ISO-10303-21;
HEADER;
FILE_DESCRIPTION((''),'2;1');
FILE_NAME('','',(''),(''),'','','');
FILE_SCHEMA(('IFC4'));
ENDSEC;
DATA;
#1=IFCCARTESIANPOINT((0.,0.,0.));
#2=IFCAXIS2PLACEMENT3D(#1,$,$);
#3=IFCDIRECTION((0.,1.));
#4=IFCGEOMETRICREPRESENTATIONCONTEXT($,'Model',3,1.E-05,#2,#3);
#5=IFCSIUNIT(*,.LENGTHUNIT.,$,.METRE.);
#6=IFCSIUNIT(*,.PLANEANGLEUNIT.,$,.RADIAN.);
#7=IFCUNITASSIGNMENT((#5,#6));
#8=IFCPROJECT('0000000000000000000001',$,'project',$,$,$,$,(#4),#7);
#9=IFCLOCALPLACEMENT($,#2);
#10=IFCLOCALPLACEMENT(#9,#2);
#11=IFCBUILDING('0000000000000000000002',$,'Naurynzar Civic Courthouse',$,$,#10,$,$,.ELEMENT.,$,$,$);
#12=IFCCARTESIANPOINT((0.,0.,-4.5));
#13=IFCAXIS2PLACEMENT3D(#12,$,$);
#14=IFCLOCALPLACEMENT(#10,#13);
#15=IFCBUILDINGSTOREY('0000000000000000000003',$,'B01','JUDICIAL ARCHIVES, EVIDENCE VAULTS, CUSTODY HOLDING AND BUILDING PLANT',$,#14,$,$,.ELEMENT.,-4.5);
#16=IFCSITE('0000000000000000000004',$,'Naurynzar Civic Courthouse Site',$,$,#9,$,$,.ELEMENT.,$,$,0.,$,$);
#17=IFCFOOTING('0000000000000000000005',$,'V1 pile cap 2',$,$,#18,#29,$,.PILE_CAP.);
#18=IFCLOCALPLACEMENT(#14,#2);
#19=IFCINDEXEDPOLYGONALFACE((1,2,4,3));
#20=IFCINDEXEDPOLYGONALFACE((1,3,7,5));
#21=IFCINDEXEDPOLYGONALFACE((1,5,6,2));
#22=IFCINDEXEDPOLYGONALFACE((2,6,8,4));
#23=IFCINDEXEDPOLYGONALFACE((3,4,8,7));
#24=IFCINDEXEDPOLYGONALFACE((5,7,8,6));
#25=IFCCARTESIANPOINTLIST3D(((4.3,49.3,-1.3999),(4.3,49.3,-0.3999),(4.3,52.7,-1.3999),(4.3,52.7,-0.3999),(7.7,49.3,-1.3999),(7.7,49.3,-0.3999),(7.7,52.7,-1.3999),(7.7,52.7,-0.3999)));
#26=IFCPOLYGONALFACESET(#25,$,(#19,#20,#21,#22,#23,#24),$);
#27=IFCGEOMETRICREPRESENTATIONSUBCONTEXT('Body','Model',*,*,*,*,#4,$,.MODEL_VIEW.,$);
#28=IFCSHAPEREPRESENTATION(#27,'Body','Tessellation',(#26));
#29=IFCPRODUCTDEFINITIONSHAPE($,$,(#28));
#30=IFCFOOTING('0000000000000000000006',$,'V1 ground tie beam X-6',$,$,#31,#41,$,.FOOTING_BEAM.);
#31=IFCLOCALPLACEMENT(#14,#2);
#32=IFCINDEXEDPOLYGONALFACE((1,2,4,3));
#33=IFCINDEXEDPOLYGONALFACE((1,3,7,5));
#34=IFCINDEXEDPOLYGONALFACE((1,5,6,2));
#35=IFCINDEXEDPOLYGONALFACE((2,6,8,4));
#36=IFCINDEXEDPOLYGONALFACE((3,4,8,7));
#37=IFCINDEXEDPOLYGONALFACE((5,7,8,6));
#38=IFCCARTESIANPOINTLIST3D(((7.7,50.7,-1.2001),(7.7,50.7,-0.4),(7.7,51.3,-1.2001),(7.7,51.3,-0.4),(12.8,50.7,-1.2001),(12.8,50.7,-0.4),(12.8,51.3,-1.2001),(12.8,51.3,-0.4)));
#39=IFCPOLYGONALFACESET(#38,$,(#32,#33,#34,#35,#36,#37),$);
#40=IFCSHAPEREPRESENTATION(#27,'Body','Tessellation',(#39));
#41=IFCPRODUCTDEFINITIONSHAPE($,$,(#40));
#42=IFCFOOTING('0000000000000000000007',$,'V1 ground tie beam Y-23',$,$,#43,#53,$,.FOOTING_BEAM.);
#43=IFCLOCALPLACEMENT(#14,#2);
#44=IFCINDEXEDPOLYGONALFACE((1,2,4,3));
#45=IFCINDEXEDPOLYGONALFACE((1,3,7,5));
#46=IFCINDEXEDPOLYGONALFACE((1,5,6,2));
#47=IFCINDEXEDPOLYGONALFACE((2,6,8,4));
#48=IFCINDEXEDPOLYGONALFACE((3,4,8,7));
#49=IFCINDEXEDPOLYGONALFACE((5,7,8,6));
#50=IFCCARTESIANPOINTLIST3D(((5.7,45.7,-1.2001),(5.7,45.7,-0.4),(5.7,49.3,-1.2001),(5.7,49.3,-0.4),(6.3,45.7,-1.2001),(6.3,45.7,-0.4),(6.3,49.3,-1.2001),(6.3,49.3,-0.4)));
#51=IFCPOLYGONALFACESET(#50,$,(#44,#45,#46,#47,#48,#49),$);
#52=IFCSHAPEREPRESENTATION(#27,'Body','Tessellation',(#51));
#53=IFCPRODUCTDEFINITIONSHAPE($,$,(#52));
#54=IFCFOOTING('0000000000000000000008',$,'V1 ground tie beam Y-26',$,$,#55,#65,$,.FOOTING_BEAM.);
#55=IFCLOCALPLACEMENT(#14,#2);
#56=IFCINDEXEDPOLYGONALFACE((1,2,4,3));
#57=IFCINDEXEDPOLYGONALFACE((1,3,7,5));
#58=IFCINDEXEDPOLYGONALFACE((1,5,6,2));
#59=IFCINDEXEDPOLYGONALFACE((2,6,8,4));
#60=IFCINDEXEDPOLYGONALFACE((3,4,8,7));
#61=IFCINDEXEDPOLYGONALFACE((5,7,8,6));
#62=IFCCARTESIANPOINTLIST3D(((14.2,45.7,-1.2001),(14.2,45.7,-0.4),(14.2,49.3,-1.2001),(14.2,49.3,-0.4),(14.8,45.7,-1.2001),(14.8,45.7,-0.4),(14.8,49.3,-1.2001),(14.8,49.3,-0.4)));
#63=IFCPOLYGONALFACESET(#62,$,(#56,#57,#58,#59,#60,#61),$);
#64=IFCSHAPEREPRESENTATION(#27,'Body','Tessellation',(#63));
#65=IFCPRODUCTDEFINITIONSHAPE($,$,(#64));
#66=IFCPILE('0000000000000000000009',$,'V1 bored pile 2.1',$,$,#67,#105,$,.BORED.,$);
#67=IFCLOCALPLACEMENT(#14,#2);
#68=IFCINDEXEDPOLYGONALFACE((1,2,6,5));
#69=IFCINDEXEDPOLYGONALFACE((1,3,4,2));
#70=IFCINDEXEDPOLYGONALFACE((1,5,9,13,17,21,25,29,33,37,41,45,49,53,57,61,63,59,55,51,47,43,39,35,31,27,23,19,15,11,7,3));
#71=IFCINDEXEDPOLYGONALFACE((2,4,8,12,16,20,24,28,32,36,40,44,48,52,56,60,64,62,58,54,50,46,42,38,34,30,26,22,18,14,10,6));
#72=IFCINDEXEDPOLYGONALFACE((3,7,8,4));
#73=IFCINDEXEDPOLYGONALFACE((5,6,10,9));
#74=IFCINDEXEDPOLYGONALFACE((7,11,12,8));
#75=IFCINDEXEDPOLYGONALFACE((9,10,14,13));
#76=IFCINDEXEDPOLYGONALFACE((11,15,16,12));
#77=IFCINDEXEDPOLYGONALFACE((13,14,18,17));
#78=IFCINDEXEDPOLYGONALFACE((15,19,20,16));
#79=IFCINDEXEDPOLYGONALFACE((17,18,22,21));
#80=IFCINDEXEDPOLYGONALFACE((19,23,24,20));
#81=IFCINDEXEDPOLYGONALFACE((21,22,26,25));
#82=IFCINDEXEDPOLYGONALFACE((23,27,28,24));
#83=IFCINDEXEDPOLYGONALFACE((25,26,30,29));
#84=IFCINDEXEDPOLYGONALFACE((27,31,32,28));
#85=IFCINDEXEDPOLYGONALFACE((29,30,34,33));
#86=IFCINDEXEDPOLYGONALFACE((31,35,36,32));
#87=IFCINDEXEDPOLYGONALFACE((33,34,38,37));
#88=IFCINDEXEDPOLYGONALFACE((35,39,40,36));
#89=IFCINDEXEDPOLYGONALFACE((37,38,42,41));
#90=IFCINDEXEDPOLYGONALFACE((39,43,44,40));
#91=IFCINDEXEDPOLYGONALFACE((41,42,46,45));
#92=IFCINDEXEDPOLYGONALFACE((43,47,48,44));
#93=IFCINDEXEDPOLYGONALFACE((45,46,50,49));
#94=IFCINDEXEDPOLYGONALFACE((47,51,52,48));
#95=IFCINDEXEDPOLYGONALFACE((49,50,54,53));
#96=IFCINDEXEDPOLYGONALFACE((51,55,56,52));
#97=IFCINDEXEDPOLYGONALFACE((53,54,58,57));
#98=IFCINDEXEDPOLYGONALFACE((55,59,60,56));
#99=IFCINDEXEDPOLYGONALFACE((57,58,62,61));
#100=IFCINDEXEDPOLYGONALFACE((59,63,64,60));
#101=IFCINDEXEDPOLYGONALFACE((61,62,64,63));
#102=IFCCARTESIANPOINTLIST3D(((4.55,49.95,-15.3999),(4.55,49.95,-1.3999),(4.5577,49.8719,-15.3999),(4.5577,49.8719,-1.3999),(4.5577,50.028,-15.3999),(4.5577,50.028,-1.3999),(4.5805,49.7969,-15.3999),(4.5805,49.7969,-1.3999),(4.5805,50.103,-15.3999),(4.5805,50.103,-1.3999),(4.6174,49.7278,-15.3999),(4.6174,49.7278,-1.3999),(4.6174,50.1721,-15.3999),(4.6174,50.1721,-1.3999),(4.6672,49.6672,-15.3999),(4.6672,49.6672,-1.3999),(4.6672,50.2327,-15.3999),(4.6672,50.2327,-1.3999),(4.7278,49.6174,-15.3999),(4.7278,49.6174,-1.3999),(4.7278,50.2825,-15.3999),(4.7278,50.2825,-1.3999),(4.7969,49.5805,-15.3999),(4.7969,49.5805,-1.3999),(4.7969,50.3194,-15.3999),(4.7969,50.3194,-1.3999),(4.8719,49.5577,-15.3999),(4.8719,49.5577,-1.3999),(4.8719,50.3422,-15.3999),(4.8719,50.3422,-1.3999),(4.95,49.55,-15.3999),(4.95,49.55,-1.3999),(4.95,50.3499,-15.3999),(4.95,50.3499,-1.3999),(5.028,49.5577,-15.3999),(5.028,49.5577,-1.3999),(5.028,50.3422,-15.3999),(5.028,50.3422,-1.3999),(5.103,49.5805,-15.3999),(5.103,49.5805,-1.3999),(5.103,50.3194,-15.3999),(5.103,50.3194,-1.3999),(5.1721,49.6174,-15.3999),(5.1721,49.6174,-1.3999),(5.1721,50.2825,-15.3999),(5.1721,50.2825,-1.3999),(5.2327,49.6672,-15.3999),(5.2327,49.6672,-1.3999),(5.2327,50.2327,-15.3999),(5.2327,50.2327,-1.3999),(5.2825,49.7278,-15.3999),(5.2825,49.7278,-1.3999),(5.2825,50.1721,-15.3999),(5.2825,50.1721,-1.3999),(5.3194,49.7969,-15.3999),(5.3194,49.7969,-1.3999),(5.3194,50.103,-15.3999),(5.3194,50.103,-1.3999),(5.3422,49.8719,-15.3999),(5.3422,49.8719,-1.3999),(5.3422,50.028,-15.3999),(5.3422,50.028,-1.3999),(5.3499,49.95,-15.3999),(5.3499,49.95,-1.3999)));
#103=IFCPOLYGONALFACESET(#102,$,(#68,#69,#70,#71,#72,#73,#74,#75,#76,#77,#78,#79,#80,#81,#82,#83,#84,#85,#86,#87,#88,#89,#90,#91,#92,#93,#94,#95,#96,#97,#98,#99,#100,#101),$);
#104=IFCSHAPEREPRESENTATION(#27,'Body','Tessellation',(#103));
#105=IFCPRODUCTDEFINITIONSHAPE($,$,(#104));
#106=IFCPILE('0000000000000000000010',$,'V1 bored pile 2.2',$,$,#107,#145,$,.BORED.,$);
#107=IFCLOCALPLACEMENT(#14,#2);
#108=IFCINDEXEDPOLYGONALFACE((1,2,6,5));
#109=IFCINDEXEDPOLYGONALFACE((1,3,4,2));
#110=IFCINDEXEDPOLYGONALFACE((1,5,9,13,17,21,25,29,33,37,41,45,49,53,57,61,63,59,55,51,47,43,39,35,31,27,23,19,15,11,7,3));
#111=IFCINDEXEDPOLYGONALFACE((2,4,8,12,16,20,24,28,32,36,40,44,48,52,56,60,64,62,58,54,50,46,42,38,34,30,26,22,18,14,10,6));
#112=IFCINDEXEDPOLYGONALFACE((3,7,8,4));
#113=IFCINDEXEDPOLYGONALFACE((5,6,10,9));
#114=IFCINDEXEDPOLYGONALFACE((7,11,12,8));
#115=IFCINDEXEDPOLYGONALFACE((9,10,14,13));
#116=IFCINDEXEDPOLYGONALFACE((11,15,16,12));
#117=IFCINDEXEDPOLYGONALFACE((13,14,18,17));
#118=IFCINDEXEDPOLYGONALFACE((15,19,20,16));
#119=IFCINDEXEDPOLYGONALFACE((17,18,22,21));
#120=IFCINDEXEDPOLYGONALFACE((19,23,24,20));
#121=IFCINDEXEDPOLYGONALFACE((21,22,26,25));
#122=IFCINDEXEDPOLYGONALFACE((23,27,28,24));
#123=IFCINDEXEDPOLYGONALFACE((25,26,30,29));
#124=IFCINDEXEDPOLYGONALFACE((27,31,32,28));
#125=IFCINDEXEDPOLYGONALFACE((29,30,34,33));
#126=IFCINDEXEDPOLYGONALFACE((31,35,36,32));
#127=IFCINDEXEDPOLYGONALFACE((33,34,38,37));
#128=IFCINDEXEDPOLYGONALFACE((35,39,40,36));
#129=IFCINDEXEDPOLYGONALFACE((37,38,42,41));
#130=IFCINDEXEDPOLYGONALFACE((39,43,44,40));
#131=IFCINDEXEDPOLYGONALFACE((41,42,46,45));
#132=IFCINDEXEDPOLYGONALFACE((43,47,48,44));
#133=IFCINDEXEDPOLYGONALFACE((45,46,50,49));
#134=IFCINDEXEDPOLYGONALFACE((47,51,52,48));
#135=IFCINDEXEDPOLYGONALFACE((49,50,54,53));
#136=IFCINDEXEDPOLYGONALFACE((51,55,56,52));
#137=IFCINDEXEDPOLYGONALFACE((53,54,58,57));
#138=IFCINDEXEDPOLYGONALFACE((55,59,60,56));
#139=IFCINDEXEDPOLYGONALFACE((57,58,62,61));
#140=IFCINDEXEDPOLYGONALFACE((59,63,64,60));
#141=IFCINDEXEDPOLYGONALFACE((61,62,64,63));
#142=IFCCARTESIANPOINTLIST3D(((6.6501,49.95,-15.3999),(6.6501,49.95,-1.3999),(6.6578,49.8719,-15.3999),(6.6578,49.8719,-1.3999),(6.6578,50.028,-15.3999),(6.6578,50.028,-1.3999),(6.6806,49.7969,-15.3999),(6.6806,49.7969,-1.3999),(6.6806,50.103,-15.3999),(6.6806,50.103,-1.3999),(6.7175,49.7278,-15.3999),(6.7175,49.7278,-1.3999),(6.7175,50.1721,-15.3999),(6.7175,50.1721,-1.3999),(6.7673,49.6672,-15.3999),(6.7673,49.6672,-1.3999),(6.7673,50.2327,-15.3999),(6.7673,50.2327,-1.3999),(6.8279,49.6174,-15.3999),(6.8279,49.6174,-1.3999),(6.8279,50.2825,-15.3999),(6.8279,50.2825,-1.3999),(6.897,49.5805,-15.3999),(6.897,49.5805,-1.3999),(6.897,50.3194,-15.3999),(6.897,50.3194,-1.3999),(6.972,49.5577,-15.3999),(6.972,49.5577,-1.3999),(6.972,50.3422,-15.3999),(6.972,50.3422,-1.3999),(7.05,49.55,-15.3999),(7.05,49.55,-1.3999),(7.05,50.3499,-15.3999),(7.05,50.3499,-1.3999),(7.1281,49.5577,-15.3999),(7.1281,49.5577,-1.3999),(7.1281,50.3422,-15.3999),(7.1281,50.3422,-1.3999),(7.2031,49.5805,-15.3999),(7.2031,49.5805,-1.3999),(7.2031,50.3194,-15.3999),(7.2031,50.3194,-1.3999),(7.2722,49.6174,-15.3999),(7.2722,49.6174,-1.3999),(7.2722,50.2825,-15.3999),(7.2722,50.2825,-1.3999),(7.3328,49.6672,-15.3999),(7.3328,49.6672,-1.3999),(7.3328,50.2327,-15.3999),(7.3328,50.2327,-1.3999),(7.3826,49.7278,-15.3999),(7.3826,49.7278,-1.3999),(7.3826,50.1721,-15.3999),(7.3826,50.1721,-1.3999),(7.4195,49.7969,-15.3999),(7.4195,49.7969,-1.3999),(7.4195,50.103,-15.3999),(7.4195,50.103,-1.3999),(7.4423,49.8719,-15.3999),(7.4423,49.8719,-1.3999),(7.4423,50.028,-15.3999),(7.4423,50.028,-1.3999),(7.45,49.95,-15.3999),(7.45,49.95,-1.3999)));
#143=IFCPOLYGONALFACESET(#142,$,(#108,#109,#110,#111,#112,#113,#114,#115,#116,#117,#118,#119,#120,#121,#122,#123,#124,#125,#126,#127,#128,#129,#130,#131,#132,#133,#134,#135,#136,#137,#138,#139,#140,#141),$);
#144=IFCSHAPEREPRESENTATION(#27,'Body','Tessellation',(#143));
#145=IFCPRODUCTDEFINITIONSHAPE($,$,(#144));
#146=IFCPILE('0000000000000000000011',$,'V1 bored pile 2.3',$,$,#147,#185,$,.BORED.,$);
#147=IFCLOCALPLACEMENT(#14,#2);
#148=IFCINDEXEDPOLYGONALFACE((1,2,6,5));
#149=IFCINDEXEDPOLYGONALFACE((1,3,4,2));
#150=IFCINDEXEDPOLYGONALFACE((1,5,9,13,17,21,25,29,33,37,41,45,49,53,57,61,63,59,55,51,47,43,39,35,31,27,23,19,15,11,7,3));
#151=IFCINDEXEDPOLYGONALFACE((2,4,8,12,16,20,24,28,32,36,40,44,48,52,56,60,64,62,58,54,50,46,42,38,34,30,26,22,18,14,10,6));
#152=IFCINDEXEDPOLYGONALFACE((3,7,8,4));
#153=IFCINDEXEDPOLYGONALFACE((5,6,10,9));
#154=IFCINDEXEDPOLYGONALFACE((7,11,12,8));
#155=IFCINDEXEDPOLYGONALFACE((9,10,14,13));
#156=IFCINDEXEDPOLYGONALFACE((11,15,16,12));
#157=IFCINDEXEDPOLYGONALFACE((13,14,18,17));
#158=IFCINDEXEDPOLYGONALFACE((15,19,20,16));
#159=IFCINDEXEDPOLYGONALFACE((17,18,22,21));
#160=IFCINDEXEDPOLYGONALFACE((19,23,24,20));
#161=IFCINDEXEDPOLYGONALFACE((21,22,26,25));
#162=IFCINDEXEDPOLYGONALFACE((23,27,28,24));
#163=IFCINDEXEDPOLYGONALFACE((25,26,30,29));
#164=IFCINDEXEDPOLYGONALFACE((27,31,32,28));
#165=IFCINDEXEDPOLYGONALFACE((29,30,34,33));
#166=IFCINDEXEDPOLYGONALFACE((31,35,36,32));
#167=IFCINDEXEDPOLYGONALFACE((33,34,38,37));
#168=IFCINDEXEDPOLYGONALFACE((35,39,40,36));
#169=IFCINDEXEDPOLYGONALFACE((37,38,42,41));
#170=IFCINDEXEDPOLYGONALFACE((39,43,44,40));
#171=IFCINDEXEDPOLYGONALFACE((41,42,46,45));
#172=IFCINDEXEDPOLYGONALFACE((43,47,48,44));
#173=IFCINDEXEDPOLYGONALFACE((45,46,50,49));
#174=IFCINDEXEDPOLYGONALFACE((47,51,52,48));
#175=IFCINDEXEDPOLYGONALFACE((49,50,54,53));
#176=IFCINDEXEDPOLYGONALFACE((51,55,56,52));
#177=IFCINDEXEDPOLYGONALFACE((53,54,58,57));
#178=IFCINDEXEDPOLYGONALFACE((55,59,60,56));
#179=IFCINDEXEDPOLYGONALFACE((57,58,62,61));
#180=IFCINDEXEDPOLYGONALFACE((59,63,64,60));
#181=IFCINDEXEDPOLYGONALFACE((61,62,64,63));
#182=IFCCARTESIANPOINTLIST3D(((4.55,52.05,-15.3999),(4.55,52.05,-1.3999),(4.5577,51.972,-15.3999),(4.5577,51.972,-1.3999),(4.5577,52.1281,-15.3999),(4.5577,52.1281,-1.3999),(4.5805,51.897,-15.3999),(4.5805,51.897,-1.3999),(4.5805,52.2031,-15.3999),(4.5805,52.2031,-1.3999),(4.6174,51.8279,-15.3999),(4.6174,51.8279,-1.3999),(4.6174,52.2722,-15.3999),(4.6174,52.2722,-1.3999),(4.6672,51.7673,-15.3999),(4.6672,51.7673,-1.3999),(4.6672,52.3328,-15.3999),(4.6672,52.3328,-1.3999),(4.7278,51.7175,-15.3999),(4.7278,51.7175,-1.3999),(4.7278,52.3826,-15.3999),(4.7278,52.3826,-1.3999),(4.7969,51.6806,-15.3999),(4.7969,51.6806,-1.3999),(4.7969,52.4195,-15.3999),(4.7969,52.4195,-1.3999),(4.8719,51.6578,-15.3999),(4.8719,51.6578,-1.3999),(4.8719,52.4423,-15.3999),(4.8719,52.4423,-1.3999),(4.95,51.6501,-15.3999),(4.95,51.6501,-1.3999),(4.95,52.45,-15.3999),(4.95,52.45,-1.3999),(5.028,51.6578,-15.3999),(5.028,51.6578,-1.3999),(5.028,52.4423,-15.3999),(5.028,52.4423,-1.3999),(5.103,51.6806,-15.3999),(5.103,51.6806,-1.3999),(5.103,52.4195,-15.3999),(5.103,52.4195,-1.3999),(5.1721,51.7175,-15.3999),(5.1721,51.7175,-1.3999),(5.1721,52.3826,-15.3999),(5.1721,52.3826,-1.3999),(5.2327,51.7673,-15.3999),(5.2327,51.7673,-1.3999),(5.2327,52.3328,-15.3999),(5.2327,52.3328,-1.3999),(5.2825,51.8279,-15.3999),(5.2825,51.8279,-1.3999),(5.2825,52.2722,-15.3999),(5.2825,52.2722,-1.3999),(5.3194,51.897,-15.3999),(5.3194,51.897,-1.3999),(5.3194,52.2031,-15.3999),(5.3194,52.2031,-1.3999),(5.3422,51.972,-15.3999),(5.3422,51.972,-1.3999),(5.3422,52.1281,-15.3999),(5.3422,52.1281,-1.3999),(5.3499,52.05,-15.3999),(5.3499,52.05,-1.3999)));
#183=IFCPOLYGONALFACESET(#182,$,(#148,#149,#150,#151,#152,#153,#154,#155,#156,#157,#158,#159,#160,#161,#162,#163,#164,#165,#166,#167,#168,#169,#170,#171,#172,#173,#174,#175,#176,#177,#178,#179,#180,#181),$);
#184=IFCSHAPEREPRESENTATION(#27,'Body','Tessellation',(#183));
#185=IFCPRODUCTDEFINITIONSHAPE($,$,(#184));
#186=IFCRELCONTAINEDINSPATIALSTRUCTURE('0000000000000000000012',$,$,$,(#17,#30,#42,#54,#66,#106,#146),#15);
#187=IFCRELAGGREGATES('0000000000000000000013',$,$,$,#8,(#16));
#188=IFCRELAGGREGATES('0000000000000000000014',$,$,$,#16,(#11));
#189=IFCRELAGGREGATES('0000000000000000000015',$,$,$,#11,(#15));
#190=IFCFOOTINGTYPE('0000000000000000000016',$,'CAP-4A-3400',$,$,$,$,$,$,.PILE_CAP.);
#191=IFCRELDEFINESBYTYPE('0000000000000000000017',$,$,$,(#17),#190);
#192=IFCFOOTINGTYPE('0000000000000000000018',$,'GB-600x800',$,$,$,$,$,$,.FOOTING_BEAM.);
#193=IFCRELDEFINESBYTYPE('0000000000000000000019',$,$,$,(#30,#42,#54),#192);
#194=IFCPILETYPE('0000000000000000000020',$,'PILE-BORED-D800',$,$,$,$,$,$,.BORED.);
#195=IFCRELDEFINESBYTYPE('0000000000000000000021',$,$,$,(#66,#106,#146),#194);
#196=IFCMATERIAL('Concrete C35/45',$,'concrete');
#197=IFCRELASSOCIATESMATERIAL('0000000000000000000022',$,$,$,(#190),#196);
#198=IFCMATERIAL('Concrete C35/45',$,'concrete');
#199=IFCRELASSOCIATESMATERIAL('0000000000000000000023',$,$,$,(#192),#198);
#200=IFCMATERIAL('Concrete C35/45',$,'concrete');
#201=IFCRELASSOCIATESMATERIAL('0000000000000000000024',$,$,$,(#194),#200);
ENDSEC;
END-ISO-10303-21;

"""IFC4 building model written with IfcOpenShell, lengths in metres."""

from ifc_helpers import new_model, si_unit, direction, frame, origin, origin_2d, place, context, subcontext, project, spatial, rectangle, circle, extrude, material, material_profile, profile_set, type_object, element, save


model = new_model("IFC4")

# Units and contexts
model_context = context("Model", 3, precision=1e-05, world=origin(), true_north=direction((0.0, 1.0)))
body_context = subcontext(model_context, "Body", "Model", "MODEL_VIEW")
ifc_project = project(units=[si_unit("LENGTHUNIT", "METRE"), si_unit("PLANEANGLEUNIT", "RADIAN")], contexts=[model_context])

# Site, building, storey
site_placement = place(None, origin())
site = spatial("IfcSite", under=ifc_project, at=site_placement, Name="Naurynzar Civic Courthouse Site", CompositionType="ELEMENT", RefElevation=0.0)
building_placement = place(site_placement, origin())
building = spatial("IfcBuilding", under=site, at=building_placement, Name="Naurynzar Civic Courthouse", CompositionType="ELEMENT")
storey_placement = place(building_placement, frame((0.0, 0.0, -4.5)))
storey = spatial("IfcBuildingStorey", under=building, at=storey_placement, Name="B01", Description="JUDICIAL ARCHIVES, EVIDENCE VAULTS, CUSTODY HOLDING AND BUILDING PLANT", CompositionType="ELEMENT", Elevation=-4.5)

# Footings
ifc_material_1 = material(Name="Concrete C35/45", Category="concrete")
footing_type_1 = type_object("IfcFootingType", Name="CAP-4A-3400", PredefinedType="PILE_CAP", material=ifc_material_1)
footing_1_placement = place(storey_placement, frame((6.0, 51.0, -1.3999), z_axis=(0.0, 0.0, 1.0), x_axis=(1.0, 0.0, 0.0)))
element("IfcFooting", 1, at=footing_1_placement, inside=storey, type_object=footing_type_1, Name="V1 pile cap 2", PredefinedType="PILE_CAP", context=body_context, shape_type="SweptSolid", body=[
    extrude(rectangle(XDim=3.3999, YDim=3.3999, at=origin_2d()), origin(), (0.0, 0.0, 1.0), 1.0),
])
ifc_material_2 = material(Name="Concrete C35/45", Category="concrete")
ifc_material_profile_1 = material_profile(ifc_material_2, rectangle(XDim=0.6001, YDim=0.8, at=origin_2d()), Name="GB 600x800")
ifc_profile_set_1 = profile_set([ifc_material_profile_1], Name="Concrete C35/45")
footing_type_2 = type_object("IfcFootingType", Name="GB-600x800", PredefinedType="FOOTING_BEAM", material=ifc_profile_set_1)
footing_2_placement = place(storey_placement, frame((7.7, 51.0, -0.8), z_axis=(1.0, 0.0, 0.0), x_axis=(0.0, 1.0, 0.0)))
element("IfcFooting", 2, at=footing_2_placement, inside=storey, type_object=footing_type_2, Name="V1 ground tie beam X-6", PredefinedType="FOOTING_BEAM", context=body_context, shape_type="SweptSolid", body=[
    extrude(rectangle(XDim=0.6001, YDim=0.8, at=origin_2d()), origin(), (0.0, 0.0, 1.0), 5.1001),
])
for number, where, z_axis, x_axis, name in (
    (3, (6.0, 45.7, -0.8), (0.0, 1.0, 0.0), (-1.0, 0.0, 0.0), "V1 ground tie beam Y-23"),
    (4, (14.5, 45.7, -0.8), (0.0, 1.0, 0.0), (-1.0, 0.0, 0.0), "V1 ground tie beam Y-26"),
):
    element("IfcFooting", number, at=place(storey_placement, frame(where, z_axis=z_axis, x_axis=x_axis)), inside=storey, type_object=footing_type_2, Name=name, PredefinedType="FOOTING_BEAM", context=body_context, shape_type="SweptSolid", body=[
        extrude(rectangle(XDim=0.6001, YDim=0.8, at=origin_2d()), origin(), (0.0, 0.0, 1.0), 3.6001),
    ])

# Piles
ifc_material_3 = material(Name="Concrete C35/45", Category="concrete")
ifc_material_profile_2 = material_profile(ifc_material_3, circle(Radius=0.3999, at=origin_2d()), Name="PILE D800")
ifc_profile_set_2 = profile_set([ifc_material_profile_2], Name="Concrete C35/45")
pile_type = type_object("IfcPileType", Name="PILE-BORED-D800", PredefinedType="BORED", material=ifc_profile_set_2)
for number, where, z_axis, x_axis, name in (
    (5, (4.95, 49.95, -1.3999), (0.0, 0.0, -1.0), (1.0, 0.0, 0.0), "V1 bored pile 2.1"),
    (6, (7.05, 49.95, -1.3999), (0.0, 0.0, -1.0), (1.0, 0.0, 0.0), "V1 bored pile 2.2"),
    (7, (4.95, 52.05, -1.3999), (0.0, 0.0, -1.0), (1.0, 0.0, 0.0), "V1 bored pile 2.3"),
):
    element("IfcPile", number, at=place(storey_placement, frame(where, z_axis=z_axis, x_axis=x_axis)), inside=storey, type_object=pile_type, Name=name, PredefinedType="BORED", context=body_context, shape_type="SweptSolid", body=[
        extrude(circle(Radius=0.3999, at=origin_2d()), origin(), (0.0, 0.0, 1.0), 14.0),
    ])

save(model, "model.ifc")
